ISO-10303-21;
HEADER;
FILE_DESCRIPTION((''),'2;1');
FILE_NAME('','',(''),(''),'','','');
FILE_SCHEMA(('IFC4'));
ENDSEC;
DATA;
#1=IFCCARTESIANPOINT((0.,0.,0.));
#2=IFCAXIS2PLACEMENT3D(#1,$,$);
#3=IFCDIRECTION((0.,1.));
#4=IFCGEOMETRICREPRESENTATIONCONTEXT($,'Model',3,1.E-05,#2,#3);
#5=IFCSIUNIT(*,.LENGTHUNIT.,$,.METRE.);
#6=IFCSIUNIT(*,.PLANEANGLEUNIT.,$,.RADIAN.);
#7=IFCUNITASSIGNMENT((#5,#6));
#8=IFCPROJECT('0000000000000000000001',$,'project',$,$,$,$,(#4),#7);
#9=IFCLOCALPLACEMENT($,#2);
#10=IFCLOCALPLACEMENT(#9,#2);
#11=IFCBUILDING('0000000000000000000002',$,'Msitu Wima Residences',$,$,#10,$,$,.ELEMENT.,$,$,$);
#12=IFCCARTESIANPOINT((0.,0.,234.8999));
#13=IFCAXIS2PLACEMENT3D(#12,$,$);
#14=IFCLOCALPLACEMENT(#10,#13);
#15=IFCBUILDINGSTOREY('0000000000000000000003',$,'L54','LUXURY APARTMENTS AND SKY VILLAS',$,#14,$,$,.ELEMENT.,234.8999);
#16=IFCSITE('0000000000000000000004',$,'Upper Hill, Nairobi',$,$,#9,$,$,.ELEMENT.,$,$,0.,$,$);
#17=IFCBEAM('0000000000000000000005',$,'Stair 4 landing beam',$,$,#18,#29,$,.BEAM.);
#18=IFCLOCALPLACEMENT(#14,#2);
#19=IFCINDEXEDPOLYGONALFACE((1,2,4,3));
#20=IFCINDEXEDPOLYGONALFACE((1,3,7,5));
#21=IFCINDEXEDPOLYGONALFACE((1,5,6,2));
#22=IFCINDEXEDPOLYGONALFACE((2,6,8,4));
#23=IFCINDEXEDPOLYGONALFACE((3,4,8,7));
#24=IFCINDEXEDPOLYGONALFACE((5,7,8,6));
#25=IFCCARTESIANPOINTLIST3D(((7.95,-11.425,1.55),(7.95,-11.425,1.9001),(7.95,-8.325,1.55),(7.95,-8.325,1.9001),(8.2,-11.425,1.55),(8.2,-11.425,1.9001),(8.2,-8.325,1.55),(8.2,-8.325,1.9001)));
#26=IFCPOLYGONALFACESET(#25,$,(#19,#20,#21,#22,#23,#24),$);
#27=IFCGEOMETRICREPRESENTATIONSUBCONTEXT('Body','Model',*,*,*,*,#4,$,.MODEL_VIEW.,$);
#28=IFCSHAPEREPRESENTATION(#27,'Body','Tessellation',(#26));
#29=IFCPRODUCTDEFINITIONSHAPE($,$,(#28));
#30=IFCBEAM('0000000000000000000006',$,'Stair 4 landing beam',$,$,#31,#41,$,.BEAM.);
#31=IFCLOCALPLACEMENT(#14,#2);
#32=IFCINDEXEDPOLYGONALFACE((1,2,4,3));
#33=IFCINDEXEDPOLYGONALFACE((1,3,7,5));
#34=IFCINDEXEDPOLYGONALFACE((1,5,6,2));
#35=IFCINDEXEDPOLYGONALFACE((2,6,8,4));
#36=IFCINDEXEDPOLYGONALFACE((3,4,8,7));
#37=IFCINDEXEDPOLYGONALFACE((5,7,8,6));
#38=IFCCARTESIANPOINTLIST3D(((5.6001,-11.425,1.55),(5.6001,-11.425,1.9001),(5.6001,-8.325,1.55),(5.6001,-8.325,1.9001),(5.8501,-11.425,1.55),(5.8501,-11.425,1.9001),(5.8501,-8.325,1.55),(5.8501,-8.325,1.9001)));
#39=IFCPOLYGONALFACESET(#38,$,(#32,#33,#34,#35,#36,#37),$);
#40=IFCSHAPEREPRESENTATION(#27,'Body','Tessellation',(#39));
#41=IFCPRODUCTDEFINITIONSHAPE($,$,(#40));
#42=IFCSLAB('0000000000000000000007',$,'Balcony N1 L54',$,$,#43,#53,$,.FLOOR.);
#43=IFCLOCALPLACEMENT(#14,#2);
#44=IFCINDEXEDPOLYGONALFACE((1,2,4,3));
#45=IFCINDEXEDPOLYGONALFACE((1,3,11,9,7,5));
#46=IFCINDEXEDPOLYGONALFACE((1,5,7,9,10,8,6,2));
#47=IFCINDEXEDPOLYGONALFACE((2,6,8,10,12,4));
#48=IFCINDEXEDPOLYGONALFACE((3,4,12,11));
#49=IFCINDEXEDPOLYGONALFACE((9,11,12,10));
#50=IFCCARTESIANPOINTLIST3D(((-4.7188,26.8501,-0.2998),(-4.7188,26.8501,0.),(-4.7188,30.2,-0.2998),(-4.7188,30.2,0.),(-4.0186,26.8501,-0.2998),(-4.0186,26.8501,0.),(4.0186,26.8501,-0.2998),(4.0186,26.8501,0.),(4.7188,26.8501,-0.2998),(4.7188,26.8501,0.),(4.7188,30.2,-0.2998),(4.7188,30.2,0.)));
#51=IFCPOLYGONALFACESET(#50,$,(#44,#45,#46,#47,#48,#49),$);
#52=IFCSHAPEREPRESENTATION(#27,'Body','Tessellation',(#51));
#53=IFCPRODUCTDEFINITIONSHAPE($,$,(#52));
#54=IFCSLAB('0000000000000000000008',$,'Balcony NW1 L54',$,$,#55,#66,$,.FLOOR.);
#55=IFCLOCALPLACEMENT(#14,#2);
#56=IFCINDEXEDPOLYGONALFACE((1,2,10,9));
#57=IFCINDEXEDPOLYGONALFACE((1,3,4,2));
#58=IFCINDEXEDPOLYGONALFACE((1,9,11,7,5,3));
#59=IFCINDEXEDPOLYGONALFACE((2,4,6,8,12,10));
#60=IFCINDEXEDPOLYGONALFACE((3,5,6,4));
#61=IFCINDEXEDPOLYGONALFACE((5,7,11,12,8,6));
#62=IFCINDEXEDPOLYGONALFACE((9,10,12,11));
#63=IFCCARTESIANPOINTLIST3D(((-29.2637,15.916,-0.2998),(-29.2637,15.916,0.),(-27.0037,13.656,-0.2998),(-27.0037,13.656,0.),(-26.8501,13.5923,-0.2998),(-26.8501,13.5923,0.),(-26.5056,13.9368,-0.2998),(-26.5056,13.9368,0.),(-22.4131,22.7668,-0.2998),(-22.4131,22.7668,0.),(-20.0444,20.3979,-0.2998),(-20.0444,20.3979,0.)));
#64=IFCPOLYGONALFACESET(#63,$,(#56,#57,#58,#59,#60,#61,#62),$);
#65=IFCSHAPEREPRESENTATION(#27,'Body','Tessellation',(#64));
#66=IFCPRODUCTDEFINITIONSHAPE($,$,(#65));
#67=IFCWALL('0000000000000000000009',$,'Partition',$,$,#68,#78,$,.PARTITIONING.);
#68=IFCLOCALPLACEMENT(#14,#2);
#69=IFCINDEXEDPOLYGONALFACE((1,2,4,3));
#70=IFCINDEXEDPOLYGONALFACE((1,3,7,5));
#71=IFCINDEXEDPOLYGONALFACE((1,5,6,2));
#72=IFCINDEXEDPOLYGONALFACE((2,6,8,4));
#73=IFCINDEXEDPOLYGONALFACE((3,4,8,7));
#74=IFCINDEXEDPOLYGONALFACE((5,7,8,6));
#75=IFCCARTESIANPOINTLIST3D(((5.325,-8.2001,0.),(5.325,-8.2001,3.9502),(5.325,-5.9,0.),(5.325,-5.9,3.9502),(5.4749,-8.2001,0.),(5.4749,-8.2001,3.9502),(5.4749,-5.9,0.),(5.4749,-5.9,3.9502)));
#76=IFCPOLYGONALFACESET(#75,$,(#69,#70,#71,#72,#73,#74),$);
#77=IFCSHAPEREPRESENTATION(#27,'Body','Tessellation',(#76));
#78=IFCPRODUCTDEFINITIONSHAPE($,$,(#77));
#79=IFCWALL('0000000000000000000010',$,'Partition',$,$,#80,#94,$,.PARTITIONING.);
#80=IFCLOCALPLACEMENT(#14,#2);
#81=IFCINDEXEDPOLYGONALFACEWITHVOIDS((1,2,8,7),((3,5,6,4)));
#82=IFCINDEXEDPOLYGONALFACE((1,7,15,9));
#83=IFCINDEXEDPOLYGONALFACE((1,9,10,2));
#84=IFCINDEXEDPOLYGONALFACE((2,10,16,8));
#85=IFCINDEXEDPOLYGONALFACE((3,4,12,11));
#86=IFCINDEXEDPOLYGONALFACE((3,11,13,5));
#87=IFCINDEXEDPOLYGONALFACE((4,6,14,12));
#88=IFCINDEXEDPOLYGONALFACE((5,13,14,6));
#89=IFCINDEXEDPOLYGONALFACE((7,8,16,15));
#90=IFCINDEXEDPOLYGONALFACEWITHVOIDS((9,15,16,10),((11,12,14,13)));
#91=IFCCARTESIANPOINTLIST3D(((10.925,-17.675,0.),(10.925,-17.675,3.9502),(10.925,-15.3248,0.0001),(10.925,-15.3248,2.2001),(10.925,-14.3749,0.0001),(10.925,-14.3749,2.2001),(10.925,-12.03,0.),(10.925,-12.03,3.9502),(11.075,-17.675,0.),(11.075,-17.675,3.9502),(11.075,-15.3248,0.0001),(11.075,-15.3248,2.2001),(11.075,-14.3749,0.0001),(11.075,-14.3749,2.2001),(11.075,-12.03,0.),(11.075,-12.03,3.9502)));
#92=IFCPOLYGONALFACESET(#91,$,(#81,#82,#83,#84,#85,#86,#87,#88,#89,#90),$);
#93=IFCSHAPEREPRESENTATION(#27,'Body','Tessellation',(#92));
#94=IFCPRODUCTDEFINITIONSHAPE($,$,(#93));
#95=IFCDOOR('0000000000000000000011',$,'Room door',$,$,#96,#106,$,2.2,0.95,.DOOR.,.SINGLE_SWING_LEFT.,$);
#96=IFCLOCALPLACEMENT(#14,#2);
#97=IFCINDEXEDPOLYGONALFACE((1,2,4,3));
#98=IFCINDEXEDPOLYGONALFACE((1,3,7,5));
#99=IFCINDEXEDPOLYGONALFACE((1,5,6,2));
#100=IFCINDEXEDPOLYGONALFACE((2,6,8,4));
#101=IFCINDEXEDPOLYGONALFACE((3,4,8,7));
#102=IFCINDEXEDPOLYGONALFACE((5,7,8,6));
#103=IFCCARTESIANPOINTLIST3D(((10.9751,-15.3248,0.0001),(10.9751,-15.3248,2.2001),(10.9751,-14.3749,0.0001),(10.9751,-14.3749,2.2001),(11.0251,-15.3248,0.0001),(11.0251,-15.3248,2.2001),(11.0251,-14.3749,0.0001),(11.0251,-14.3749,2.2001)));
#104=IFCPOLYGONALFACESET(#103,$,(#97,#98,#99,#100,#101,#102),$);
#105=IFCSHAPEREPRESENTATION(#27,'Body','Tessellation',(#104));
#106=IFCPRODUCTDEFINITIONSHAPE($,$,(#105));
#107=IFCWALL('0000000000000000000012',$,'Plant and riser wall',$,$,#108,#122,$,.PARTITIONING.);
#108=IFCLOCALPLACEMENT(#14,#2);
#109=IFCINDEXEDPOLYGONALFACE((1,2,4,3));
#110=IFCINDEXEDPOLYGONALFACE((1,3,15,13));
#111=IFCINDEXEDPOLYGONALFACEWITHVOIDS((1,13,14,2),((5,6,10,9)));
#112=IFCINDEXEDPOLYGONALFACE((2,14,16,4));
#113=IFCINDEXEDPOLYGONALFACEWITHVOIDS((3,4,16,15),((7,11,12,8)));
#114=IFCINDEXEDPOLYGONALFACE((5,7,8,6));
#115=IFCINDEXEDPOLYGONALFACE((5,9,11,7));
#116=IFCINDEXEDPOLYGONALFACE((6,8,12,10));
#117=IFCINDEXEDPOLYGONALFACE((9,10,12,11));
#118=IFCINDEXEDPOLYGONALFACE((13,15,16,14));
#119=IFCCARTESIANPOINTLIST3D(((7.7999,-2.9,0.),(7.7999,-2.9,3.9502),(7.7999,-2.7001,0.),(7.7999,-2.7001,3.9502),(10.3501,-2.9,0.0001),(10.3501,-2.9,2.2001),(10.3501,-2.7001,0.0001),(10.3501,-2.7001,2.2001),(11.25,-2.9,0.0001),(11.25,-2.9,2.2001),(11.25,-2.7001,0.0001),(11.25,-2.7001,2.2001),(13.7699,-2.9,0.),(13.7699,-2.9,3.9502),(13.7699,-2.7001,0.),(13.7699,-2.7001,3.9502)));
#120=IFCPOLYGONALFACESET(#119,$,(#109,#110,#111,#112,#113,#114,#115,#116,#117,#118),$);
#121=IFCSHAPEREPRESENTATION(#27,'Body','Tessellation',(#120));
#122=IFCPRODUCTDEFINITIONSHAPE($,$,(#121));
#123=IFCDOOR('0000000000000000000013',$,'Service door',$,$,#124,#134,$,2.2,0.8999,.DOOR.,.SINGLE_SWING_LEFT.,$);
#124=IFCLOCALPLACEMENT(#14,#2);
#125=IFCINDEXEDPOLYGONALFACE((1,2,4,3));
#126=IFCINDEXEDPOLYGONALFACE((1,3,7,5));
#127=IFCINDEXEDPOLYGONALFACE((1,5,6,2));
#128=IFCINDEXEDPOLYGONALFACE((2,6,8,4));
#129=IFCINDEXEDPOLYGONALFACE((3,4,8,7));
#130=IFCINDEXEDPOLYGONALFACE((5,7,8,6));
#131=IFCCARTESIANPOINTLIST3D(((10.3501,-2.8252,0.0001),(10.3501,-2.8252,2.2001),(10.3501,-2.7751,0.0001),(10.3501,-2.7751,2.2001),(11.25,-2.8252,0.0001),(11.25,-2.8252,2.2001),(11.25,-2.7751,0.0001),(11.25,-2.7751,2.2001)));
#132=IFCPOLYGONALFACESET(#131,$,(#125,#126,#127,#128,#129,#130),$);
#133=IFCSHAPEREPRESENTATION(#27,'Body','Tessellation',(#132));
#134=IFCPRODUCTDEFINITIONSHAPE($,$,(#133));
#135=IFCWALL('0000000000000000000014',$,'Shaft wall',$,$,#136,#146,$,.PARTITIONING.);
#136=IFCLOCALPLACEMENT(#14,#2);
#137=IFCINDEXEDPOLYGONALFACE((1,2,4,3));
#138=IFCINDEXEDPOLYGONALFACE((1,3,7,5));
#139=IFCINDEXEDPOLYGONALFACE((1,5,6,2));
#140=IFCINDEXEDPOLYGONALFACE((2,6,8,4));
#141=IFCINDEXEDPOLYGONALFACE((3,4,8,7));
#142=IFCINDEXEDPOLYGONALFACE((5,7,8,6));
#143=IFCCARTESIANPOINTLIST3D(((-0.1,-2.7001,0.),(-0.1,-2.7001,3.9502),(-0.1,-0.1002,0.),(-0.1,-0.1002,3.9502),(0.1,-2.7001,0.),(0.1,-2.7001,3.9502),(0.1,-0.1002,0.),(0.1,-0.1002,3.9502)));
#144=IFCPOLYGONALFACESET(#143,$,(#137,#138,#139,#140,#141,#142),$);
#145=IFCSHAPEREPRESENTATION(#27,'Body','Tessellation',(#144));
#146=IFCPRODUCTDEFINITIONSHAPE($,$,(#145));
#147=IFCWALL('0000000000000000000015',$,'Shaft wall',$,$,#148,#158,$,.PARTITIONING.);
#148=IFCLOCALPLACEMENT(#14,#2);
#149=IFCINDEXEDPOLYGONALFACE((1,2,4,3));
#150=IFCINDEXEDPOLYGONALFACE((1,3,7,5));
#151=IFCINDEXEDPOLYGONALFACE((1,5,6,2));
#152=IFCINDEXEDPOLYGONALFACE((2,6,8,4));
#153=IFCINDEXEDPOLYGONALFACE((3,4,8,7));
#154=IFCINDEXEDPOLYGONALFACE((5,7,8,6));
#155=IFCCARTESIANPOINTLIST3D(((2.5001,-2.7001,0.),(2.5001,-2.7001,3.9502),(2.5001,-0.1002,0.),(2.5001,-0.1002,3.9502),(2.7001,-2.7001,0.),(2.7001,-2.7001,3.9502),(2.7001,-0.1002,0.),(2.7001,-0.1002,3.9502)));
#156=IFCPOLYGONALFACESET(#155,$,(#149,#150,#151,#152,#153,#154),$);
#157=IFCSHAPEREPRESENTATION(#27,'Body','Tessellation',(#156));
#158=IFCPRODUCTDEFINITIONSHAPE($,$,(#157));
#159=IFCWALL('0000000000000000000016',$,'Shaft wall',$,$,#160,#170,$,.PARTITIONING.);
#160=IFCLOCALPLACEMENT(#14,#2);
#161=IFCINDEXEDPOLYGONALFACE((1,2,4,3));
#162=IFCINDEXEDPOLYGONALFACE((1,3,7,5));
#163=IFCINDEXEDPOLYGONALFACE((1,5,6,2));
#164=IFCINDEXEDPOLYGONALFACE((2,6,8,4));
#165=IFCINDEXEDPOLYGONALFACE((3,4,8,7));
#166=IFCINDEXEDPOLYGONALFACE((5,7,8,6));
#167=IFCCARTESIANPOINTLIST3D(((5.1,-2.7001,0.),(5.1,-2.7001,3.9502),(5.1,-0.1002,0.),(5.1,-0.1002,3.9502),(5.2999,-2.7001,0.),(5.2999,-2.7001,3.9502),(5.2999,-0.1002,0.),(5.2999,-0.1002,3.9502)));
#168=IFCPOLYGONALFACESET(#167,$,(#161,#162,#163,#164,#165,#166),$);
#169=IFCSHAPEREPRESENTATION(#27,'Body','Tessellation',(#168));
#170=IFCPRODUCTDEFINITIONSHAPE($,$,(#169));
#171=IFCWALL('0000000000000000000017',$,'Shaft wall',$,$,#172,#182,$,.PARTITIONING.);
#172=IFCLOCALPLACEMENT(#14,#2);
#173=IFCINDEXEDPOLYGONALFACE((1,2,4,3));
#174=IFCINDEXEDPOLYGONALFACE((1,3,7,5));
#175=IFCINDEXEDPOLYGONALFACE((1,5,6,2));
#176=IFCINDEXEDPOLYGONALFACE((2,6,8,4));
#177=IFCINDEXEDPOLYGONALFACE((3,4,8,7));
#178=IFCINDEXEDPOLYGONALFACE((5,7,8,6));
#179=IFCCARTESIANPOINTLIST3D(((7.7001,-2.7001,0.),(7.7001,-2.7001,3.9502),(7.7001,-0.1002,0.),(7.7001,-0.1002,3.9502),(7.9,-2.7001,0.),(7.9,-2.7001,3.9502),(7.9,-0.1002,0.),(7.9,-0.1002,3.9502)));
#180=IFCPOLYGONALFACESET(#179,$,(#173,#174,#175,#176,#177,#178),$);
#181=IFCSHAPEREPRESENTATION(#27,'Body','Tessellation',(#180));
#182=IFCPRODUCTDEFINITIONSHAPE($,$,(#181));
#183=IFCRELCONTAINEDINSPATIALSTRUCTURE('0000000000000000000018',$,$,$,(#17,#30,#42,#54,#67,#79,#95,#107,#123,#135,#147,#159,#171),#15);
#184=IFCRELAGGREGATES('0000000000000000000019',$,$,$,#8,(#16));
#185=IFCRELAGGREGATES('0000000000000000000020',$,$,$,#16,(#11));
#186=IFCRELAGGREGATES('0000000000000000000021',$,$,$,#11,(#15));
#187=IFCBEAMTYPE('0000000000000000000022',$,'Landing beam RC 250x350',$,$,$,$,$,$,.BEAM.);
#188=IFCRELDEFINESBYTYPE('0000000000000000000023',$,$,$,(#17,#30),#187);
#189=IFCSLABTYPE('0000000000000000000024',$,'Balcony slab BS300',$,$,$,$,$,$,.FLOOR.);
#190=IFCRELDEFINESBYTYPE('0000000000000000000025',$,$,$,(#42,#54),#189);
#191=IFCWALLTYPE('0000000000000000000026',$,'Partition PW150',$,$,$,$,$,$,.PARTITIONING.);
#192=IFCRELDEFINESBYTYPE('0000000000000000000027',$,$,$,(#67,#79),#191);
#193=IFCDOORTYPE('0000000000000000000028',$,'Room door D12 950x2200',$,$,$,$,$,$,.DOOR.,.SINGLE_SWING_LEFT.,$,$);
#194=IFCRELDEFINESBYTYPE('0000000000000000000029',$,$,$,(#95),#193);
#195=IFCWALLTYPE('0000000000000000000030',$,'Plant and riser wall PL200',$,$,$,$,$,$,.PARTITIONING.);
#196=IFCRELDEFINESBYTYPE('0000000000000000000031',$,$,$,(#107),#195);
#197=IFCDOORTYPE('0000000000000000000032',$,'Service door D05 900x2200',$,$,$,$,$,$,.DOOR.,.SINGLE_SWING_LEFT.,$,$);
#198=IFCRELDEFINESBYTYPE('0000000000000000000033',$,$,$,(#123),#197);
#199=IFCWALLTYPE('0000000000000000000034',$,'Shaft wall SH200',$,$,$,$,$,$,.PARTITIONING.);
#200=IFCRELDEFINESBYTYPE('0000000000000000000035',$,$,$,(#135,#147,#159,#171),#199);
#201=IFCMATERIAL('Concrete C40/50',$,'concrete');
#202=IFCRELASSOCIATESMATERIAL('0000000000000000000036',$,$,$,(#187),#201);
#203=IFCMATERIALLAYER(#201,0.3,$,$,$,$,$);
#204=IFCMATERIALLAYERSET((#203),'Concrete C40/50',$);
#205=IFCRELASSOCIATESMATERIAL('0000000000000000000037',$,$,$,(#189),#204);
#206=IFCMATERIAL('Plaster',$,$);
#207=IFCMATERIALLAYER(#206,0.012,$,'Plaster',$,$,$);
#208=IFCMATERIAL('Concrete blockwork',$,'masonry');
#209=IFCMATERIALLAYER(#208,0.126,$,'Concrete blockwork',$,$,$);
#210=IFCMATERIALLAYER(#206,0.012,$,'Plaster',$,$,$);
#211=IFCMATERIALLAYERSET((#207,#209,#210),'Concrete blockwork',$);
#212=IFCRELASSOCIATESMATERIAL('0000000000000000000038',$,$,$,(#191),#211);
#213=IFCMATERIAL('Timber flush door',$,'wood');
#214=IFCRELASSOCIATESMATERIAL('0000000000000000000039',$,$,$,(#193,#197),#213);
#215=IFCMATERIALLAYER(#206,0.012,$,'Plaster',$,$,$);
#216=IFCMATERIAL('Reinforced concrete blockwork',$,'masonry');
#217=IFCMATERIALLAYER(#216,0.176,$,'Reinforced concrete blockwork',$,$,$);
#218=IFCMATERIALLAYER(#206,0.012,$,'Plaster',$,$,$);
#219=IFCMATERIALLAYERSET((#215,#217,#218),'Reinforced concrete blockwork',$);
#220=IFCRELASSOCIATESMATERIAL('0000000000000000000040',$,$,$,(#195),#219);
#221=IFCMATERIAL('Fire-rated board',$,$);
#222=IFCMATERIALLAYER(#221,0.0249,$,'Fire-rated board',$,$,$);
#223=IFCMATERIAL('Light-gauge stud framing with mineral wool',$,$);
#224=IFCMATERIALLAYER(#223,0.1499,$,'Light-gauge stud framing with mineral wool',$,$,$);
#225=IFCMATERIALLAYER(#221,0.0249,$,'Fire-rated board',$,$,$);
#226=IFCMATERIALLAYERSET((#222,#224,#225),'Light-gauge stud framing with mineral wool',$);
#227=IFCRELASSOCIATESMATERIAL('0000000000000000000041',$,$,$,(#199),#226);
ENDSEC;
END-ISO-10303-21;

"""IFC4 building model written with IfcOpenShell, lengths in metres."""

from ifc_helpers import new_model, si_unit, direction, frame, frame_2d, origin, origin_2d, place, context, subcontext, project, spatial, polyline, rectangle, outline, extrude, material, layer, layer_set, material_profile, profile_set, type_object, element, fill, save


model = new_model("IFC4")

# Units and contexts
model_context = context("Model", 3, precision=1e-05, world=origin(), true_north=direction((0.0, 1.0)))
body_context = subcontext(model_context, "Body", "Model", "MODEL_VIEW")
ifc_project = project(units=[si_unit("LENGTHUNIT", "METRE"), si_unit("PLANEANGLEUNIT", "RADIAN")], contexts=[model_context])

# Site, building, storey
site_placement = place(None, origin())
site = spatial("IfcSite", under=ifc_project, at=site_placement, Name="Upper Hill, Nairobi", CompositionType="ELEMENT", RefElevation=0.0)
building_placement = place(site_placement, origin())
building = spatial("IfcBuilding", under=site, at=building_placement, Name="Msitu Wima Residences", CompositionType="ELEMENT")
storey_placement = place(building_placement, frame((0.0, 0.0, 234.8999)))
storey = spatial("IfcBuildingStorey", under=building, at=storey_placement, Name="L54", Description="LUXURY APARTMENTS AND SKY VILLAS", CompositionType="ELEMENT", Elevation=234.8999)

# Beams
ifc_material_1 = material(Name="Concrete C40/50", Category="concrete")
ifc_material_profile = material_profile(ifc_material_1, rectangle(XDim=0.25, YDim=0.3501, at=origin_2d()), Name="RC 250x350")
ifc_profile_set = profile_set([ifc_material_profile], Name="Concrete C40/50")
beam_type = type_object("IfcBeamType", Name="Landing beam RC 250x350", PredefinedType="BEAM", material=ifc_profile_set)
for number, where, z_axis, x_axis, name in (
    (1, (8.075, -11.425, 1.7251), (0.0, 1.0, 0.0), (-1.0, 0.0, 0.0), "Stair 4 landing beam"),
    (2, (5.7251, -11.425, 1.7251), (0.0, 1.0, 0.0), (-1.0, 0.0, 0.0), "Stair 4 landing beam"),
):
    element("IfcBeam", number, at=place(storey_placement, frame(where, z_axis=z_axis, x_axis=x_axis)), inside=storey, type_object=beam_type, Name=name, PredefinedType="BEAM", context=body_context, shape_type="SweptSolid", body=[
        extrude(rectangle(XDim=0.25, YDim=0.3501, at=origin_2d()), origin(), (0.0, 0.0, 1.0), 3.1001),
    ])

# Slabs
ifc_layer_1 = layer(ifc_material_1, 0.3)
ifc_layer_set_1 = layer_set([ifc_layer_1], Name="Concrete C40/50")
slab_type = type_object("IfcSlabType", Name="Balcony slab BS300", PredefinedType="FLOOR", material=ifc_layer_set_1)
slab_1_placement = place(storey_placement, frame((0.0, 0.0, -0.2998)))
element("IfcSlab", 3, at=slab_1_placement, inside=storey, type_object=slab_type, Name="Balcony N1 L54", PredefinedType="FLOOR", context=body_context, shape_type="SweptSolid", body=[
    extrude(outline(polyline([(4.0186, 26.8501), (-4.0186, 26.8501), (-4.7188, 26.8501), (-4.7188, 30.2), (4.7188, 30.2), (4.7188, 26.8501), (4.0186, 26.8501)])), origin(), (0.0, 0.0, 1.0), 0.2998),
])
slab_2_placement = place(storey_placement, frame((0.0, 0.0, -0.2998)))
element("IfcSlab", 4, at=slab_2_placement, inside=storey, type_object=slab_type, Name="Balcony NW1 L54", PredefinedType="FLOOR", context=body_context, shape_type="SweptSolid", body=[
    extrude(outline(polyline([(-26.5056, 13.9368), (-26.5056, 13.9368), (-26.8501, 13.5923), (-27.0037, 13.656), (-29.2637, 15.916), (-22.4131, 22.7668), (-20.0444, 20.3979), (-26.5056, 13.9368), (-26.5056, 13.9368)])), origin(), (0.0, 0.0, 1.0), 0.2998),
])

# Wall
ifc_material_2 = material(Name="Plaster")
ifc_layer_2 = layer(ifc_material_2, 0.012, Name="Plaster")
ifc_material_3 = material(Name="Concrete blockwork", Category="masonry")
ifc_layer_3 = layer(ifc_material_3, 0.126, Name="Concrete blockwork")
ifc_layer_4 = layer(ifc_material_2, 0.012, Name="Plaster")
ifc_layer_set_2 = layer_set([ifc_layer_2, ifc_layer_3, ifc_layer_4], Name="Concrete blockwork")
wall_type_1 = type_object("IfcWallType", Name="Partition PW150", PredefinedType="PARTITIONING", material=ifc_layer_set_2)
wall_1_placement = place(storey_placement, frame((5.3999, -8.2, 0.0), z_axis=(0.0, 0.0, 1.0), x_axis=(0.0, 1.0, 0.0)))
element("IfcWall", 5, at=wall_1_placement, inside=storey, type_object=wall_type_1, Name="Partition", PredefinedType="PARTITIONING", context=body_context, shape_type="SweptSolid", body=[
    extrude(rectangle(XDim=2.3, YDim=0.1499, at=frame_2d((1.1499, 0.0))), origin(), (0.0, 0.0, 1.0), 3.9502),
])

# Walls, openings, doors
wall_2_placement = place(storey_placement, frame((11.0, -17.675, 0.0), z_axis=(0.0, 0.0, 1.0), x_axis=(0.0, 1.0, 0.0)))
wall_2 = element("IfcWall", 6, at=wall_2_placement, inside=storey, type_object=wall_type_1, Name="Partition", PredefinedType="PARTITIONING", context=body_context, shape_type="SweptSolid", body=[
    extrude(rectangle(XDim=5.645, YDim=0.1499, at=frame_2d((2.8225, 0.0))), origin(), (0.0, 0.0, 1.0), 3.9502),
])
opening_1_placement = place(wall_2_placement, frame((2.3501, 0.0, 0.0)))
opening_1 = element("IfcOpeningElement", 7, at=opening_1_placement, cuts=wall_2, PredefinedType="OPENING", context=body_context, shape_type="SweptSolid", body=[
    extrude(rectangle(XDim=0.95, YDim=2.2, at=frame_2d((0.4751, 1.1001))), frame((0.0, 0.085, 0.0), z_axis=(0.0, -1.0, 0.0), x_axis=(1.0, 0.0, 0.0)), (0.0, 0.0, 1.0), 0.1699),
])
ifc_material_4 = material(Name="Timber flush door", Category="wood")
door_type_1 = type_object("IfcDoorType", Name="Room door D12 950x2200", OperationType="SINGLE_SWING_LEFT", PredefinedType="DOOR", material=ifc_material_4)
door_1_placement = place(opening_1_placement, origin())
door_1 = element("IfcDoor", 8, at=door_1_placement, inside=storey, type_object=door_type_1, Name="Room door", OperationType="SINGLE_SWING_LEFT", OverallHeight=2.2, OverallWidth=0.95, PredefinedType="DOOR", context=body_context, shape_type="SweptSolid", body=[
    extrude(rectangle(XDim=0.95, YDim=2.2, at=frame_2d((0.4751, 1.1001))), frame((0.0, 0.0249, 0.0), z_axis=(0.0, -1.0, 0.0), x_axis=(1.0, 0.0, 0.0)), (0.0, 0.0, 1.0), 0.05),
])
fill(opening_1, door_1)
ifc_layer_5 = layer(ifc_material_2, 0.012, Name="Plaster")
ifc_material_5 = material(Name="Reinforced concrete blockwork", Category="masonry")
ifc_layer_6 = layer(ifc_material_5, 0.176, Name="Reinforced concrete blockwork")
ifc_layer_7 = layer(ifc_material_2, 0.012, Name="Plaster")
ifc_layer_set_3 = layer_set([ifc_layer_5, ifc_layer_6, ifc_layer_7], Name="Reinforced concrete blockwork")
wall_type_2 = type_object("IfcWallType", Name="Plant and riser wall PL200", PredefinedType="PARTITIONING", material=ifc_layer_set_3)
wall_3_placement = place(storey_placement, frame((7.8, -2.8, 0.0), z_axis=(0.0, 0.0, 1.0), x_axis=(1.0, 0.0, 0.0)))
wall_3 = element("IfcWall", 9, at=wall_3_placement, inside=storey, type_object=wall_type_2, Name="Plant and riser wall", PredefinedType="PARTITIONING", context=body_context, shape_type="SweptSolid", body=[
    extrude(rectangle(XDim=5.97, YDim=0.2, at=frame_2d((2.9849, 0.0))), origin(), (0.0, 0.0, 1.0), 3.9502),
])
opening_2_placement = place(wall_3_placement, frame((2.55, 0.0, 0.0)))
opening_2 = element("IfcOpeningElement", 10, at=opening_2_placement, cuts=wall_3, PredefinedType="OPENING", context=body_context, shape_type="SweptSolid", body=[
    extrude(rectangle(XDim=0.8999, YDim=2.2, at=frame_2d((0.45, 1.1001))), frame((0.0, 0.1099, 0.0), z_axis=(0.0, -1.0, 0.0), x_axis=(1.0, 0.0, 0.0)), (0.0, 0.0, 1.0), 0.22),
])
door_type_2 = type_object("IfcDoorType", Name="Service door D05 900x2200", OperationType="SINGLE_SWING_LEFT", PredefinedType="DOOR", material=ifc_material_4)
door_2_placement = place(opening_2_placement, origin())
door_2 = element("IfcDoor", 11, at=door_2_placement, inside=storey, type_object=door_type_2, Name="Service door", OperationType="SINGLE_SWING_LEFT", OverallHeight=2.2, OverallWidth=0.8999, PredefinedType="DOOR", context=body_context, shape_type="SweptSolid", body=[
    extrude(rectangle(XDim=0.8999, YDim=2.2, at=frame_2d((0.45, 1.1001))), frame((0.0, 0.0249, 0.0), z_axis=(0.0, -1.0, 0.0), x_axis=(1.0, 0.0, 0.0)), (0.0, 0.0, 1.0), 0.05),
])
fill(opening_2, door_2)

# Walls
ifc_material_6 = material(Name="Fire-rated board")
ifc_layer_8 = layer(ifc_material_6, 0.0249, Name="Fire-rated board")
ifc_material_7 = material(Name="Light-gauge stud framing with mineral wool")
ifc_layer_9 = layer(ifc_material_7, 0.1499, Name="Light-gauge stud framing with mineral wool")
ifc_layer_10 = layer(ifc_material_6, 0.0249, Name="Fire-rated board")
ifc_layer_set_4 = layer_set([ifc_layer_8, ifc_layer_9, ifc_layer_10], Name="Light-gauge stud framing with mineral wool")
wall_type_3 = type_object("IfcWallType", Name="Shaft wall SH200", PredefinedType="PARTITIONING", material=ifc_layer_set_4)
for number, where, z_axis, x_axis, name in (
    (12, (0.0, -2.7, 0.0), (0.0, 0.0, 1.0), (0.0, 1.0, 0.0), "Shaft wall"),
    (13, (2.6001, -2.7, 0.0), (0.0, 0.0, 1.0), (0.0, 1.0, 0.0), "Shaft wall"),
    (14, (5.2, -2.7, 0.0), (0.0, 0.0, 1.0), (0.0, 1.0, 0.0), "Shaft wall"),
    (15, (7.8, -2.7, 0.0), (0.0, 0.0, 1.0), (0.0, 1.0, 0.0), "Shaft wall"),
):
    element("IfcWall", number, at=place(storey_placement, frame(where, z_axis=z_axis, x_axis=x_axis)), inside=storey, type_object=wall_type_3, Name=name, PredefinedType="PARTITIONING", context=body_context, shape_type="SweptSolid", body=[
        extrude(rectangle(XDim=2.5999, YDim=0.2, at=frame_2d((1.2998, 0.0))), origin(), (0.0, 0.0, 1.0), 3.9502),
    ])

save(model, "model.ifc")
